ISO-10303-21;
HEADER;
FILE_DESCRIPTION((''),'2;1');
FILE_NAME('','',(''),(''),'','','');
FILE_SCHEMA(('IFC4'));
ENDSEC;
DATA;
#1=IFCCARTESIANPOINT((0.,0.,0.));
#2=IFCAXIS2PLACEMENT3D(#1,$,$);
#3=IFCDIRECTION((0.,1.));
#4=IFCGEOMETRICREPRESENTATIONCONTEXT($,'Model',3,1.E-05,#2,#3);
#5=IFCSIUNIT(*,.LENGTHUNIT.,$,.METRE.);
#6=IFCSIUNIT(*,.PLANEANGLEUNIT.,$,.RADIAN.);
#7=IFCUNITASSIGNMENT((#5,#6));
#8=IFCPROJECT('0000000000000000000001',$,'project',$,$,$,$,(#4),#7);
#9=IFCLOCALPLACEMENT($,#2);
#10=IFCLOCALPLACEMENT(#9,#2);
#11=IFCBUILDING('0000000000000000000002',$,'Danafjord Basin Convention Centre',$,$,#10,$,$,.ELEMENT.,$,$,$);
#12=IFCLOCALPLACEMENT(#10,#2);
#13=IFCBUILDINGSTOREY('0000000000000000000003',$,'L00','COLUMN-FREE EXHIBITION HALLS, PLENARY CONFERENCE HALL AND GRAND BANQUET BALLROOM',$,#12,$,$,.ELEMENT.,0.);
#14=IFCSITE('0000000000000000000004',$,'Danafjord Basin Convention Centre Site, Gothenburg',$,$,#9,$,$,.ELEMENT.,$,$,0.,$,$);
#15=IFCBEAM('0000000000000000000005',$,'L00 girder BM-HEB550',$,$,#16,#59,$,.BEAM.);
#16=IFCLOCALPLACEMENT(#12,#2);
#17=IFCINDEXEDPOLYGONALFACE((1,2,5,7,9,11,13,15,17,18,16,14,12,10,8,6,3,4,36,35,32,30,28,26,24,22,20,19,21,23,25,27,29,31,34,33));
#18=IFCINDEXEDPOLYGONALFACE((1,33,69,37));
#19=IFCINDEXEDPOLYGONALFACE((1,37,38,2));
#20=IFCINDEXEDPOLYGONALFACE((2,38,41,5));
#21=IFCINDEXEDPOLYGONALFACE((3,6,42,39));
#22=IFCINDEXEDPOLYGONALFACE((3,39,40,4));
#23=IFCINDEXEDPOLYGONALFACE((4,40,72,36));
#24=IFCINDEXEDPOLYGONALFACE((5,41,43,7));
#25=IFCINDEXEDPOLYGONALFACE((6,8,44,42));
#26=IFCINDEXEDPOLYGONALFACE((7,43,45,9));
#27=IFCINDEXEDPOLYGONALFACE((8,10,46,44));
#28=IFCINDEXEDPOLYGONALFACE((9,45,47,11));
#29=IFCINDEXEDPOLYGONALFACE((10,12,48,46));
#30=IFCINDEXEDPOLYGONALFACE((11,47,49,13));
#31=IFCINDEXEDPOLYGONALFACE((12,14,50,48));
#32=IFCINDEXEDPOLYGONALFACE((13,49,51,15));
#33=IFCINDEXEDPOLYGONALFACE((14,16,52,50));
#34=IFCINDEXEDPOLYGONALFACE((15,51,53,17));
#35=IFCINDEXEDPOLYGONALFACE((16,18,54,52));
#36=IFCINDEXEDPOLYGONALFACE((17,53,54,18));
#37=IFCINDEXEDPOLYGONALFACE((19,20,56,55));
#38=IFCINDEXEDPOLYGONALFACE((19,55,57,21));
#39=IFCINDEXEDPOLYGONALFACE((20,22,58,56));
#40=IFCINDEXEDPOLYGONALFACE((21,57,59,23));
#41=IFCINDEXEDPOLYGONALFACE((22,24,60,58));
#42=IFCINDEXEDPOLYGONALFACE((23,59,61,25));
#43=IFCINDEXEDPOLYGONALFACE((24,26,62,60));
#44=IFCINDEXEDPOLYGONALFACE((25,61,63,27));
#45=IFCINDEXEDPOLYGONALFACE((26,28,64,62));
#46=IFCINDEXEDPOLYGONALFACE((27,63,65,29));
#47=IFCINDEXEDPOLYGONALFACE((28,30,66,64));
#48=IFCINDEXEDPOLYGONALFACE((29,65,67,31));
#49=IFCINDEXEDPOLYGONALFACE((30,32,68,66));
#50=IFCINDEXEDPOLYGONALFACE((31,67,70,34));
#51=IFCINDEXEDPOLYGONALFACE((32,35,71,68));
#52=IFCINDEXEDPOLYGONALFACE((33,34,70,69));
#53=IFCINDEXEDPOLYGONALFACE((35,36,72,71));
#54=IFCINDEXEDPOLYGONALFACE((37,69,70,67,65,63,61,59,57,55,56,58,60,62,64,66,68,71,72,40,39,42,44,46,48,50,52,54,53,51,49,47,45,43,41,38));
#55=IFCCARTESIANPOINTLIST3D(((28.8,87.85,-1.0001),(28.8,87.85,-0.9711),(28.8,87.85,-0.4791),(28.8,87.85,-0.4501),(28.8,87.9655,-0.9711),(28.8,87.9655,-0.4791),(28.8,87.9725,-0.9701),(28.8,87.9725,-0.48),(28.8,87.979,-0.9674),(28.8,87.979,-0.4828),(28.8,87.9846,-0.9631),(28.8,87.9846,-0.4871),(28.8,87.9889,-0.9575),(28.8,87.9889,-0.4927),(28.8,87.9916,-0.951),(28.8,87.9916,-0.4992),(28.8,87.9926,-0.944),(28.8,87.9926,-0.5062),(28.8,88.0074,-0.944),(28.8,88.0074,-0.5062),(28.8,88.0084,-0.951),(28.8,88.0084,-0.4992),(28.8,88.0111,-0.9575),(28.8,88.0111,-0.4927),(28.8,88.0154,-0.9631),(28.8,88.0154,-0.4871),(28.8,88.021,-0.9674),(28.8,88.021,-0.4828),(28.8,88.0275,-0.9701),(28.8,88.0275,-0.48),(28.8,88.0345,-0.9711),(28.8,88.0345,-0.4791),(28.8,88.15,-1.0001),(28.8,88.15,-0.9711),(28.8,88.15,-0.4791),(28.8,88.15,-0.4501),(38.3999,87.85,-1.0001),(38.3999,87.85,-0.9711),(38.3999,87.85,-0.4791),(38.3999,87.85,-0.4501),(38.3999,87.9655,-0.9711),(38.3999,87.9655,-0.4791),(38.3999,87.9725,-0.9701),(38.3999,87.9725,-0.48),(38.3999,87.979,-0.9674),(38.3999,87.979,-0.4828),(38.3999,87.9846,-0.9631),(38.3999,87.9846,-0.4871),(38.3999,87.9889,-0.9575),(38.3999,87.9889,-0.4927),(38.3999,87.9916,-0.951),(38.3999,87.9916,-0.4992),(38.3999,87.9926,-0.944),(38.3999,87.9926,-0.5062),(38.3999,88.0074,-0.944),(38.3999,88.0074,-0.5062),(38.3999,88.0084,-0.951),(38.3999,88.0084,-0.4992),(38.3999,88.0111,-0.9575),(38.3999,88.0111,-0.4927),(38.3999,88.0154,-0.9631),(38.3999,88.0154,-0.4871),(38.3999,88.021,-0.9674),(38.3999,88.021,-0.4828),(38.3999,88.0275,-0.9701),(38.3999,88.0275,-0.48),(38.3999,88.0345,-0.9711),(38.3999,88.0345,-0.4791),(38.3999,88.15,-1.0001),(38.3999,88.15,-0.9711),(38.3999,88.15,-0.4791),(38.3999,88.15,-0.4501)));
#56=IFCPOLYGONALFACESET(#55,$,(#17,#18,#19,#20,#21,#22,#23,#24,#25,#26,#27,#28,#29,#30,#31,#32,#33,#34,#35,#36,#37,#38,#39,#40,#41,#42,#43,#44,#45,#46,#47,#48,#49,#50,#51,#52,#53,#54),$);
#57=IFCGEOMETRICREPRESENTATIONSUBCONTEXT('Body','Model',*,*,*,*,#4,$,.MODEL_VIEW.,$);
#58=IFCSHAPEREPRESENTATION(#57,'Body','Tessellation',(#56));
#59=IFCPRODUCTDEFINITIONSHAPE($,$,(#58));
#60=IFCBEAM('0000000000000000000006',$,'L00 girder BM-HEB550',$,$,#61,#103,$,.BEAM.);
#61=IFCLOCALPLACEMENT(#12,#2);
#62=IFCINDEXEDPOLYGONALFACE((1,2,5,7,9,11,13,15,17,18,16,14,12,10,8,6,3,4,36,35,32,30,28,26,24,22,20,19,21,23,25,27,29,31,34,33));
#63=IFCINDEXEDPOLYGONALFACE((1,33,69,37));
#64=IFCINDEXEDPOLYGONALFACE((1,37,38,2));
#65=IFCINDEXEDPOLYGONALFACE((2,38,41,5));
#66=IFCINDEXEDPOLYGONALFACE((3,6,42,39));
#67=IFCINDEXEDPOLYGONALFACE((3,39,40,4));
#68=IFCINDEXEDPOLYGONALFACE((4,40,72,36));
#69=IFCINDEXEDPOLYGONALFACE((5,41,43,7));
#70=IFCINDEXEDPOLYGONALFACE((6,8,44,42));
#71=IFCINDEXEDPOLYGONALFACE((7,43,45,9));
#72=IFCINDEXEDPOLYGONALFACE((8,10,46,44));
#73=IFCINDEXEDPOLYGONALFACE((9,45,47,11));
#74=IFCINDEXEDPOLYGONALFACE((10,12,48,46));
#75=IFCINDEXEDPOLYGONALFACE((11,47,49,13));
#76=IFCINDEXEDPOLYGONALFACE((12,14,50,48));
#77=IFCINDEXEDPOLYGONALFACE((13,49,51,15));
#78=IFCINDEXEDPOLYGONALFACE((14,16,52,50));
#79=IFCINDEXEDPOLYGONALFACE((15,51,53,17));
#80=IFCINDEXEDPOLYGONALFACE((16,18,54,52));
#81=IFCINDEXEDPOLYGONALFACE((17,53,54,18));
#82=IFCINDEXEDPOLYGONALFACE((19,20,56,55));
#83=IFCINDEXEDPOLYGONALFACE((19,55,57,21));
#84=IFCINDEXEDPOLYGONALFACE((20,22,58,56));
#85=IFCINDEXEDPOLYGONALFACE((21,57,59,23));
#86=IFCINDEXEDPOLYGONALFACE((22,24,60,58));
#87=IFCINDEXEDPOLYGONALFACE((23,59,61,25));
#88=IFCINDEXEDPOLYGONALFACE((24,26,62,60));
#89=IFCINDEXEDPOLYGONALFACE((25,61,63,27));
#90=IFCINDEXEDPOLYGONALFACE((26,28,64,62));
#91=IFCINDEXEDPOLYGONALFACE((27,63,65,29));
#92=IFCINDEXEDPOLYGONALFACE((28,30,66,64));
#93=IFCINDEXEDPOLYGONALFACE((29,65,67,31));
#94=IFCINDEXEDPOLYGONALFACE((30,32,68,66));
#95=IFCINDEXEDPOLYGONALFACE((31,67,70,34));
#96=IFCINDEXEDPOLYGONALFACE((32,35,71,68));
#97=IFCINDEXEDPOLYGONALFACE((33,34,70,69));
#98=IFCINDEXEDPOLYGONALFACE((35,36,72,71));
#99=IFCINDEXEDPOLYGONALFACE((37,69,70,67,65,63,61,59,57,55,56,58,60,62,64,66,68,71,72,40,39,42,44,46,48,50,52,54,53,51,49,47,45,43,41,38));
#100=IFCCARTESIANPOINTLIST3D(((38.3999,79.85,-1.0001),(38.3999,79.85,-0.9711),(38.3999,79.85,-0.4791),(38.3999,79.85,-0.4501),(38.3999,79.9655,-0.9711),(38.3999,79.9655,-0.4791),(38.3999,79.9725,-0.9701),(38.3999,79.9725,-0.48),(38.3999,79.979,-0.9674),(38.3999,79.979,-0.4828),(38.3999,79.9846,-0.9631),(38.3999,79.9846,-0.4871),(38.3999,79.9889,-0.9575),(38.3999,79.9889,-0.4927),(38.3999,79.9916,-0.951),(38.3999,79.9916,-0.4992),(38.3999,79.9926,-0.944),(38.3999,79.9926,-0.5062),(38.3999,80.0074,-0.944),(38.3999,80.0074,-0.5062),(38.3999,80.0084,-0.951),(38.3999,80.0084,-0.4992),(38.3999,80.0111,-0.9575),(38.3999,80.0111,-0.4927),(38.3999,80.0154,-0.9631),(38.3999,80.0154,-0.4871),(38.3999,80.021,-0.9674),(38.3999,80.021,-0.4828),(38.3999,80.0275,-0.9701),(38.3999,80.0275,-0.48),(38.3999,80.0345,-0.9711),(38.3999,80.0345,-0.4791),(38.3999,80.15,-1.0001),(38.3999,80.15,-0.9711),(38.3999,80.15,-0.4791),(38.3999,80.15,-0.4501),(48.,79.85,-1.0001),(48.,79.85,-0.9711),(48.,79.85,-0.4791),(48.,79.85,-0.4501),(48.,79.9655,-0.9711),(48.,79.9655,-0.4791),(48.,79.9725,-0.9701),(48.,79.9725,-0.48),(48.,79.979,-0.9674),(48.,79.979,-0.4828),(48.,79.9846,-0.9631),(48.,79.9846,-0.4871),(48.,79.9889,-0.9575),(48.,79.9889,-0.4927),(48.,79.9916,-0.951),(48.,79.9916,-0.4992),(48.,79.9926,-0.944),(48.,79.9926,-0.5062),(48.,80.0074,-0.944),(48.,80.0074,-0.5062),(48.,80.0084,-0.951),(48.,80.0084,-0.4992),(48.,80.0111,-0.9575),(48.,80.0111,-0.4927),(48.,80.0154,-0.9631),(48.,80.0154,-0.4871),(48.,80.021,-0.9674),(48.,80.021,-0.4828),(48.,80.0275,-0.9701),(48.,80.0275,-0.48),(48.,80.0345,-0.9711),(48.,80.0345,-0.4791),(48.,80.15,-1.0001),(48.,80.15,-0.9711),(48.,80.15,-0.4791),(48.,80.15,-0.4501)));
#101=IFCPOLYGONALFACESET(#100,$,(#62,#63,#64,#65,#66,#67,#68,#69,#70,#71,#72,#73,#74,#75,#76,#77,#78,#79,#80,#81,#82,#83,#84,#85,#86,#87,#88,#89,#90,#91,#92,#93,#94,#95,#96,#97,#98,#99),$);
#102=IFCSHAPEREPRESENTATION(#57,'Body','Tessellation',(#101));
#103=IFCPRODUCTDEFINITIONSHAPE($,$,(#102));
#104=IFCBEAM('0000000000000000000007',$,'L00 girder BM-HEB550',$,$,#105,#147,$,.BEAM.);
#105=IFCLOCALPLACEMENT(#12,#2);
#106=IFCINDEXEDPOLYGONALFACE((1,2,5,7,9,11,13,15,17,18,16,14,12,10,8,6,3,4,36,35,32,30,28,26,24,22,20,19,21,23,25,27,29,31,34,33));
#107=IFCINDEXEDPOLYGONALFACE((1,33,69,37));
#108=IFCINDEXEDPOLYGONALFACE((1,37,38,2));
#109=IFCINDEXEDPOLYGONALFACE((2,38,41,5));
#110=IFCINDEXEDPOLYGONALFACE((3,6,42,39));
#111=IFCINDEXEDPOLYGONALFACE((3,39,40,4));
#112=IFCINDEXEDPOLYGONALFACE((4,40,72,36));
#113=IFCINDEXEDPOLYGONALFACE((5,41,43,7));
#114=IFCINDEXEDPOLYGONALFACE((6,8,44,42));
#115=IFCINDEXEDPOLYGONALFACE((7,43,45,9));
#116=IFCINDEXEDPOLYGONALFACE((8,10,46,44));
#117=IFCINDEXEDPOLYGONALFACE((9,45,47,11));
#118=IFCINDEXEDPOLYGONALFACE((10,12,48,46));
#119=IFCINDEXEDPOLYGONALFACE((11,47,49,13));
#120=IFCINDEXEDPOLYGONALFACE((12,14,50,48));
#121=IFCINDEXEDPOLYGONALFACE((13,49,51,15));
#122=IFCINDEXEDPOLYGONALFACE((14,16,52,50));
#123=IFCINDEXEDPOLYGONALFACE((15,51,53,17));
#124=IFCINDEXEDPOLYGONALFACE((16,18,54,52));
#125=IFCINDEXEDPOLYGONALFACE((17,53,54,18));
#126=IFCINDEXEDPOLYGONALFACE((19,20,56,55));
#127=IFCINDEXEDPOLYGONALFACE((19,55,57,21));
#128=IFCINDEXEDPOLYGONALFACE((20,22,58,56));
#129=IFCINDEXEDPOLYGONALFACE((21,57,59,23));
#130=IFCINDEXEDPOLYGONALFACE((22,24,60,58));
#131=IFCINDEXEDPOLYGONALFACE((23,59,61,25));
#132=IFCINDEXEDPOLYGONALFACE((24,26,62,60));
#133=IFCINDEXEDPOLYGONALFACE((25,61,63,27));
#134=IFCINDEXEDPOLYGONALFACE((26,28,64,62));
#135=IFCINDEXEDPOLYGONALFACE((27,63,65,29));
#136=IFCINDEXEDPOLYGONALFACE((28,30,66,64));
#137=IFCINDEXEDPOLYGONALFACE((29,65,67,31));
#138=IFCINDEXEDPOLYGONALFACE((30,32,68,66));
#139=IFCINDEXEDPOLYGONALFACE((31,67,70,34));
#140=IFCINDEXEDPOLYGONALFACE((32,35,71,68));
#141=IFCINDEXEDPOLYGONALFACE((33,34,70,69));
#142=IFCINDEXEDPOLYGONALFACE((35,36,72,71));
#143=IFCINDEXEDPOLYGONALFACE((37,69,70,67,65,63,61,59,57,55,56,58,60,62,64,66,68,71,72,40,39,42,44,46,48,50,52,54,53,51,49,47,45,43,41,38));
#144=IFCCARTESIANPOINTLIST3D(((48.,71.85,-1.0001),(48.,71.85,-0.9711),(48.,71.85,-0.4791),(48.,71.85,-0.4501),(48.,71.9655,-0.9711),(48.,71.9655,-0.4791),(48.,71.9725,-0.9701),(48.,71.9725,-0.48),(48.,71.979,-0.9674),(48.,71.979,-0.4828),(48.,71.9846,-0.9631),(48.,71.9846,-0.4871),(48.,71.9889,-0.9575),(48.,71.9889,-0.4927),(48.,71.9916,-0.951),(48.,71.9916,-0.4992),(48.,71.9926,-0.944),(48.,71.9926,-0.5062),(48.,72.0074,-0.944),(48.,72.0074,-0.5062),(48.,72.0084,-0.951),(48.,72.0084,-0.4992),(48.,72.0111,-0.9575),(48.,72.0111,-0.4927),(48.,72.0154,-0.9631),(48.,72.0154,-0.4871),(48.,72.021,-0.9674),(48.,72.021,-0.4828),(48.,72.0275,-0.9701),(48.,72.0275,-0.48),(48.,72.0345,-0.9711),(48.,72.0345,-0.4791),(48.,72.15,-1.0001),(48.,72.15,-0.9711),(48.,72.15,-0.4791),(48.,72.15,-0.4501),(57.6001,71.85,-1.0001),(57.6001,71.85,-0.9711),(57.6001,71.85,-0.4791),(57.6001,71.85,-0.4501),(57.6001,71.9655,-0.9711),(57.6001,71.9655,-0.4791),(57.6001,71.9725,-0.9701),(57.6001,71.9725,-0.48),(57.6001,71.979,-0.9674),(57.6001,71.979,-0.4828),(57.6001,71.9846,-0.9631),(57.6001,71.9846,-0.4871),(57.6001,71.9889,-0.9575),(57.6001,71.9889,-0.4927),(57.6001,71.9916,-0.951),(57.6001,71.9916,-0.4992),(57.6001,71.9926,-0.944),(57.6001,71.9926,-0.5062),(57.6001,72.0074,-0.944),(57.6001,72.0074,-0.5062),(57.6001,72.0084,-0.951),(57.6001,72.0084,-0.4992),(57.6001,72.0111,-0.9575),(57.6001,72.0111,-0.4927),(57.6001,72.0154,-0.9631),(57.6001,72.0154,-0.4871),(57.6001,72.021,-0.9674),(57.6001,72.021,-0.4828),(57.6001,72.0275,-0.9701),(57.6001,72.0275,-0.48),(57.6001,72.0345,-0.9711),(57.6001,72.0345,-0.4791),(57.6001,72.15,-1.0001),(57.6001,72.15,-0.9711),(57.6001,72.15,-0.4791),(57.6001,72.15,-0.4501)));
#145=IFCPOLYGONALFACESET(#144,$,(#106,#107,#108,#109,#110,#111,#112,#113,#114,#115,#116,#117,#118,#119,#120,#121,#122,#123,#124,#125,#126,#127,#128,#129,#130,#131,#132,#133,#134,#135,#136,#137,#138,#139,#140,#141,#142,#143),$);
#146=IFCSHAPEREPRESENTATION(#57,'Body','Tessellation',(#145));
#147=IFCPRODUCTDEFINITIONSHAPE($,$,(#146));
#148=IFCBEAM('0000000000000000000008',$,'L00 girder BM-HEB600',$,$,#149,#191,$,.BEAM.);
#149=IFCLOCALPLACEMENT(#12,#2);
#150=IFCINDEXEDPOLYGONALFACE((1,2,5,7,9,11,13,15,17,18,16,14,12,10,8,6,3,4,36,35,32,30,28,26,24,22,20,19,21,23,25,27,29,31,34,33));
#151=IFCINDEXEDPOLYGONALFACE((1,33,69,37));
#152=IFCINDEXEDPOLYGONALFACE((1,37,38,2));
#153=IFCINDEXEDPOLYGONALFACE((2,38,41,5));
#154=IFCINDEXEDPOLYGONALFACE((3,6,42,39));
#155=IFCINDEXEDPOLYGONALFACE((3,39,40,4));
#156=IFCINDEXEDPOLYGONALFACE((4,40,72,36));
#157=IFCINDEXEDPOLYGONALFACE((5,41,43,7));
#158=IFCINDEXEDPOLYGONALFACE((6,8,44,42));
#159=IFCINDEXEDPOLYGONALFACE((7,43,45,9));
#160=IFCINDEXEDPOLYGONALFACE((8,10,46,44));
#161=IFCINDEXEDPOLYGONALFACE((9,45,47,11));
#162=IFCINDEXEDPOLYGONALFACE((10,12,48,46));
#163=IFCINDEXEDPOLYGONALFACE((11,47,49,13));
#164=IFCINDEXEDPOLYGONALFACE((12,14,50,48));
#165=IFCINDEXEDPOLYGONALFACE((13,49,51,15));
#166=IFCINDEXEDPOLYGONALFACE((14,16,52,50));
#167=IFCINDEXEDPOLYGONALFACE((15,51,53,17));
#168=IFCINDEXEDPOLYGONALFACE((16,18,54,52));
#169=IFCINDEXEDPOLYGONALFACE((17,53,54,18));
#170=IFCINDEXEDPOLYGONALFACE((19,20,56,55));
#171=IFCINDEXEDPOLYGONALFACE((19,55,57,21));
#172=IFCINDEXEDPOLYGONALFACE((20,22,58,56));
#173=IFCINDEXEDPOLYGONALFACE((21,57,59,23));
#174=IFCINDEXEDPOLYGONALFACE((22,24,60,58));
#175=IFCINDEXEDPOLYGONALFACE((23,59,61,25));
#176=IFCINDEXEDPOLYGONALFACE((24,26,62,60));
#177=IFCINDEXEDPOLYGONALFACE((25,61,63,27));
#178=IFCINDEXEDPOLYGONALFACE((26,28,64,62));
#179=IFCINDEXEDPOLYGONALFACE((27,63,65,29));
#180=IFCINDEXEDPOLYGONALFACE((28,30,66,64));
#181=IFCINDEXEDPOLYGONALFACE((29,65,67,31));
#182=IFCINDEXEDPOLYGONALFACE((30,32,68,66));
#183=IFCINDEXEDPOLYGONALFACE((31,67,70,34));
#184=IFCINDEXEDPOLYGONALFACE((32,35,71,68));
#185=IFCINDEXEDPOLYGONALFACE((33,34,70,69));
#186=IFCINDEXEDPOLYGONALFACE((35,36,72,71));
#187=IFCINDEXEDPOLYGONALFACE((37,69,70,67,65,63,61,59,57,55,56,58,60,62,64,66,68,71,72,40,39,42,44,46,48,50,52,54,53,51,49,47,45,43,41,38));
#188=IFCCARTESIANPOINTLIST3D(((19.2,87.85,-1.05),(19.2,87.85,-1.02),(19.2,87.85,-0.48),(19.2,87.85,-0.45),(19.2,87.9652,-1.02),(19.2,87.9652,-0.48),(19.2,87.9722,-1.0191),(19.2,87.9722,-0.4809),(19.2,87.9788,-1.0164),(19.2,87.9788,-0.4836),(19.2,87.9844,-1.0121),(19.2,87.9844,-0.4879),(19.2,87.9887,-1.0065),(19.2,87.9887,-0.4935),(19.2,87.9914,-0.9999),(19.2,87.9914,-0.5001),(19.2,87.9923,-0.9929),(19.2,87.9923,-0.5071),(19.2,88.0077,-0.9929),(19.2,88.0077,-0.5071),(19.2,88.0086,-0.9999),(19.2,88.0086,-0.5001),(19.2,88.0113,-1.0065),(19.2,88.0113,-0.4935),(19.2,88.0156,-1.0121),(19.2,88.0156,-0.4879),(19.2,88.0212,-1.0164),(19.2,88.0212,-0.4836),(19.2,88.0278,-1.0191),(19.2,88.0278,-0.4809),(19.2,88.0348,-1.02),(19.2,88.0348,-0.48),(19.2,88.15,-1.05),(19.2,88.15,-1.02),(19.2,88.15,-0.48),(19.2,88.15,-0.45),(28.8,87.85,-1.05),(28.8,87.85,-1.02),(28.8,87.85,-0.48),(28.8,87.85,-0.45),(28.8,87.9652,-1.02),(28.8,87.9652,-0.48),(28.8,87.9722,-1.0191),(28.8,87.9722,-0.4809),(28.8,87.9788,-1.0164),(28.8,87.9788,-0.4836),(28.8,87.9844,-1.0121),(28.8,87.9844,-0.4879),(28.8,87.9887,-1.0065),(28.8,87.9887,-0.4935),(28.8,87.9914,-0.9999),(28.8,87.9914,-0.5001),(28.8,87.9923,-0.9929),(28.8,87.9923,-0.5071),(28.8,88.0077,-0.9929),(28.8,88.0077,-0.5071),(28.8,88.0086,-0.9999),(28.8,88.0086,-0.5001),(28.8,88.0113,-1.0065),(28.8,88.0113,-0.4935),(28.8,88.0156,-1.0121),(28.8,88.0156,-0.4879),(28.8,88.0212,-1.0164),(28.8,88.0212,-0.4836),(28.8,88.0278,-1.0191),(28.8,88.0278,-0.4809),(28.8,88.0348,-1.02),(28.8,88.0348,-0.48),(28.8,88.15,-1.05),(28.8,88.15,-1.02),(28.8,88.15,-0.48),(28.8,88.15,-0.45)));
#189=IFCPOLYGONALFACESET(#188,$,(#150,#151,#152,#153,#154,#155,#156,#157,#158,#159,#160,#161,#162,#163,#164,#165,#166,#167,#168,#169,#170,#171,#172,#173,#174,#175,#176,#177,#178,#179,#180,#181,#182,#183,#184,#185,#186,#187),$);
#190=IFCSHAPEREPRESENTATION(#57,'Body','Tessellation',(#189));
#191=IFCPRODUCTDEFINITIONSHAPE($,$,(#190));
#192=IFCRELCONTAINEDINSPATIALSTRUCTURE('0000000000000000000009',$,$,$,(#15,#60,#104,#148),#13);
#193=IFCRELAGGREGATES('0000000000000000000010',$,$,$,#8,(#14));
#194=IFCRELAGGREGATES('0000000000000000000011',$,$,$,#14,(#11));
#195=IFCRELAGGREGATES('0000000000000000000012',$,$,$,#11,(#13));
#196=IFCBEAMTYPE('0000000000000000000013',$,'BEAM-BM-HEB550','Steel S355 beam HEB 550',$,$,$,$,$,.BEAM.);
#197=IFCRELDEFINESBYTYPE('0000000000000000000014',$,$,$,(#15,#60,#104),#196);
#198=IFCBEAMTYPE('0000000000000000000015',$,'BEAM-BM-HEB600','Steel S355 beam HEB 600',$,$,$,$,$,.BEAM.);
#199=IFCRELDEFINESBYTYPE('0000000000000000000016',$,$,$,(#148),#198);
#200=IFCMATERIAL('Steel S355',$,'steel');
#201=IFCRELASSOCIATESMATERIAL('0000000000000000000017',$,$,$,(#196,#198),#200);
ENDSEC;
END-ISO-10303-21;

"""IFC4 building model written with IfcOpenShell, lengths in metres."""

from ifc_helpers import new_model, si_unit, direction, frame, origin, origin_2d, place, context, subcontext, project, spatial, i_section, extrude, material, material_profile, profile_set, type_object, element, save


model = new_model("IFC4")

# Units and contexts
model_context = context("Model", 3, precision=1e-05, world=origin(), true_north=direction((0.0, 1.0)))
body_context = subcontext(model_context, "Body", "Model", "MODEL_VIEW")
ifc_project = project(units=[si_unit("LENGTHUNIT", "METRE"), si_unit("PLANEANGLEUNIT", "RADIAN")], contexts=[model_context])

# Site, building, storey
site_placement = place(None, origin())
site = spatial("IfcSite", under=ifc_project, at=site_placement, Name="Danafjord Basin Convention Centre Site, Gothenburg", CompositionType="ELEMENT", RefElevation=0.0)
building_placement = place(site_placement, origin())
building = spatial("IfcBuilding", under=site, at=building_placement, Name="Danafjord Basin Convention Centre", CompositionType="ELEMENT")
storey_placement = place(building_placement, origin())
storey = spatial("IfcBuildingStorey", under=building, at=storey_placement, Name="L00", Description="COLUMN-FREE EXHIBITION HALLS, PLENARY CONFERENCE HALL AND GRAND BANQUET BALLROOM", CompositionType="ELEMENT", Elevation=0.0)

# Beams
ifc_material = material(Name="Steel S355", Category="steel")
ifc_material_profile_1 = material_profile(ifc_material, i_section(OverallWidth=0.3, OverallDepth=0.55, WebThickness=0.0149, FlangeThickness=0.0291, FilletRadius=0.0271, at=origin_2d()), Name="HEB 550")
ifc_profile_set_1 = profile_set([ifc_material_profile_1], Name="Steel S355")
beam_type_1 = type_object("IfcBeamType", Name="BEAM-BM-HEB550", Description="Steel S355 beam HEB 550", PredefinedType="BEAM", material=ifc_profile_set_1)
beam_1_placement = place(storey_placement, frame((28.8, 88.0, -0.7251), z_axis=(1.0, 0.0, 0.0), x_axis=(0.0, 1.0, 0.0)))
element("IfcBeam", 1, at=beam_1_placement, inside=storey, type_object=beam_type_1, Name="L00 girder BM-HEB550", PredefinedType="BEAM", context=body_context, shape_type="SweptSolid", body=[
    extrude(i_section(OverallWidth=0.3, OverallDepth=0.55, WebThickness=0.0149, FlangeThickness=0.0291, FilletRadius=0.0271, at=origin_2d()), origin(), (0.0, 0.0, 1.0), 9.5999),
])
for number, where, z_axis, x_axis, name in (
    (2, (38.3999, 80.0, -0.7251), (1.0, 0.0, 0.0), (0.0, 1.0, 0.0), "L00 girder BM-HEB550"),
    (3, (48.0, 72.0, -0.7251), (1.0, 0.0, 0.0), (0.0, 1.0, 0.0), "L00 girder BM-HEB550"),
):
    element("IfcBeam", number, at=place(storey_placement, frame(where, z_axis=z_axis, x_axis=x_axis)), inside=storey, type_object=beam_type_1, Name=name, PredefinedType="BEAM", context=body_context, shape_type="SweptSolid", body=[
        extrude(i_section(OverallWidth=0.3, OverallDepth=0.55, WebThickness=0.0149, FlangeThickness=0.0291, FilletRadius=0.0271, at=origin_2d()), origin(), (0.0, 0.0, 1.0), 9.6001),
    ])
ifc_material_profile_2 = material_profile(ifc_material, i_section(OverallWidth=0.3, OverallDepth=0.6001, WebThickness=0.0154, FlangeThickness=0.03, FilletRadius=0.0271, at=origin_2d()), Name="HEB 600")
ifc_profile_set_2 = profile_set([ifc_material_profile_2], Name="Steel S355")
beam_type_2 = type_object("IfcBeamType", Name="BEAM-BM-HEB600", Description="Steel S355 beam HEB 600", PredefinedType="BEAM", material=ifc_profile_set_2)
beam_2_placement = place(storey_placement, frame((19.2, 88.0, -0.75), z_axis=(1.0, 0.0, 0.0), x_axis=(0.0, 1.0, 0.0)))
element("IfcBeam", 4, at=beam_2_placement, inside=storey, type_object=beam_type_2, Name="L00 girder BM-HEB600", PredefinedType="BEAM", context=body_context, shape_type="SweptSolid", body=[
    extrude(i_section(OverallWidth=0.3, OverallDepth=0.6001, WebThickness=0.0154, FlangeThickness=0.03, FilletRadius=0.0271, at=origin_2d()), origin(), (0.0, 0.0, 1.0), 9.6001),
])

save(model, "model.ifc")
